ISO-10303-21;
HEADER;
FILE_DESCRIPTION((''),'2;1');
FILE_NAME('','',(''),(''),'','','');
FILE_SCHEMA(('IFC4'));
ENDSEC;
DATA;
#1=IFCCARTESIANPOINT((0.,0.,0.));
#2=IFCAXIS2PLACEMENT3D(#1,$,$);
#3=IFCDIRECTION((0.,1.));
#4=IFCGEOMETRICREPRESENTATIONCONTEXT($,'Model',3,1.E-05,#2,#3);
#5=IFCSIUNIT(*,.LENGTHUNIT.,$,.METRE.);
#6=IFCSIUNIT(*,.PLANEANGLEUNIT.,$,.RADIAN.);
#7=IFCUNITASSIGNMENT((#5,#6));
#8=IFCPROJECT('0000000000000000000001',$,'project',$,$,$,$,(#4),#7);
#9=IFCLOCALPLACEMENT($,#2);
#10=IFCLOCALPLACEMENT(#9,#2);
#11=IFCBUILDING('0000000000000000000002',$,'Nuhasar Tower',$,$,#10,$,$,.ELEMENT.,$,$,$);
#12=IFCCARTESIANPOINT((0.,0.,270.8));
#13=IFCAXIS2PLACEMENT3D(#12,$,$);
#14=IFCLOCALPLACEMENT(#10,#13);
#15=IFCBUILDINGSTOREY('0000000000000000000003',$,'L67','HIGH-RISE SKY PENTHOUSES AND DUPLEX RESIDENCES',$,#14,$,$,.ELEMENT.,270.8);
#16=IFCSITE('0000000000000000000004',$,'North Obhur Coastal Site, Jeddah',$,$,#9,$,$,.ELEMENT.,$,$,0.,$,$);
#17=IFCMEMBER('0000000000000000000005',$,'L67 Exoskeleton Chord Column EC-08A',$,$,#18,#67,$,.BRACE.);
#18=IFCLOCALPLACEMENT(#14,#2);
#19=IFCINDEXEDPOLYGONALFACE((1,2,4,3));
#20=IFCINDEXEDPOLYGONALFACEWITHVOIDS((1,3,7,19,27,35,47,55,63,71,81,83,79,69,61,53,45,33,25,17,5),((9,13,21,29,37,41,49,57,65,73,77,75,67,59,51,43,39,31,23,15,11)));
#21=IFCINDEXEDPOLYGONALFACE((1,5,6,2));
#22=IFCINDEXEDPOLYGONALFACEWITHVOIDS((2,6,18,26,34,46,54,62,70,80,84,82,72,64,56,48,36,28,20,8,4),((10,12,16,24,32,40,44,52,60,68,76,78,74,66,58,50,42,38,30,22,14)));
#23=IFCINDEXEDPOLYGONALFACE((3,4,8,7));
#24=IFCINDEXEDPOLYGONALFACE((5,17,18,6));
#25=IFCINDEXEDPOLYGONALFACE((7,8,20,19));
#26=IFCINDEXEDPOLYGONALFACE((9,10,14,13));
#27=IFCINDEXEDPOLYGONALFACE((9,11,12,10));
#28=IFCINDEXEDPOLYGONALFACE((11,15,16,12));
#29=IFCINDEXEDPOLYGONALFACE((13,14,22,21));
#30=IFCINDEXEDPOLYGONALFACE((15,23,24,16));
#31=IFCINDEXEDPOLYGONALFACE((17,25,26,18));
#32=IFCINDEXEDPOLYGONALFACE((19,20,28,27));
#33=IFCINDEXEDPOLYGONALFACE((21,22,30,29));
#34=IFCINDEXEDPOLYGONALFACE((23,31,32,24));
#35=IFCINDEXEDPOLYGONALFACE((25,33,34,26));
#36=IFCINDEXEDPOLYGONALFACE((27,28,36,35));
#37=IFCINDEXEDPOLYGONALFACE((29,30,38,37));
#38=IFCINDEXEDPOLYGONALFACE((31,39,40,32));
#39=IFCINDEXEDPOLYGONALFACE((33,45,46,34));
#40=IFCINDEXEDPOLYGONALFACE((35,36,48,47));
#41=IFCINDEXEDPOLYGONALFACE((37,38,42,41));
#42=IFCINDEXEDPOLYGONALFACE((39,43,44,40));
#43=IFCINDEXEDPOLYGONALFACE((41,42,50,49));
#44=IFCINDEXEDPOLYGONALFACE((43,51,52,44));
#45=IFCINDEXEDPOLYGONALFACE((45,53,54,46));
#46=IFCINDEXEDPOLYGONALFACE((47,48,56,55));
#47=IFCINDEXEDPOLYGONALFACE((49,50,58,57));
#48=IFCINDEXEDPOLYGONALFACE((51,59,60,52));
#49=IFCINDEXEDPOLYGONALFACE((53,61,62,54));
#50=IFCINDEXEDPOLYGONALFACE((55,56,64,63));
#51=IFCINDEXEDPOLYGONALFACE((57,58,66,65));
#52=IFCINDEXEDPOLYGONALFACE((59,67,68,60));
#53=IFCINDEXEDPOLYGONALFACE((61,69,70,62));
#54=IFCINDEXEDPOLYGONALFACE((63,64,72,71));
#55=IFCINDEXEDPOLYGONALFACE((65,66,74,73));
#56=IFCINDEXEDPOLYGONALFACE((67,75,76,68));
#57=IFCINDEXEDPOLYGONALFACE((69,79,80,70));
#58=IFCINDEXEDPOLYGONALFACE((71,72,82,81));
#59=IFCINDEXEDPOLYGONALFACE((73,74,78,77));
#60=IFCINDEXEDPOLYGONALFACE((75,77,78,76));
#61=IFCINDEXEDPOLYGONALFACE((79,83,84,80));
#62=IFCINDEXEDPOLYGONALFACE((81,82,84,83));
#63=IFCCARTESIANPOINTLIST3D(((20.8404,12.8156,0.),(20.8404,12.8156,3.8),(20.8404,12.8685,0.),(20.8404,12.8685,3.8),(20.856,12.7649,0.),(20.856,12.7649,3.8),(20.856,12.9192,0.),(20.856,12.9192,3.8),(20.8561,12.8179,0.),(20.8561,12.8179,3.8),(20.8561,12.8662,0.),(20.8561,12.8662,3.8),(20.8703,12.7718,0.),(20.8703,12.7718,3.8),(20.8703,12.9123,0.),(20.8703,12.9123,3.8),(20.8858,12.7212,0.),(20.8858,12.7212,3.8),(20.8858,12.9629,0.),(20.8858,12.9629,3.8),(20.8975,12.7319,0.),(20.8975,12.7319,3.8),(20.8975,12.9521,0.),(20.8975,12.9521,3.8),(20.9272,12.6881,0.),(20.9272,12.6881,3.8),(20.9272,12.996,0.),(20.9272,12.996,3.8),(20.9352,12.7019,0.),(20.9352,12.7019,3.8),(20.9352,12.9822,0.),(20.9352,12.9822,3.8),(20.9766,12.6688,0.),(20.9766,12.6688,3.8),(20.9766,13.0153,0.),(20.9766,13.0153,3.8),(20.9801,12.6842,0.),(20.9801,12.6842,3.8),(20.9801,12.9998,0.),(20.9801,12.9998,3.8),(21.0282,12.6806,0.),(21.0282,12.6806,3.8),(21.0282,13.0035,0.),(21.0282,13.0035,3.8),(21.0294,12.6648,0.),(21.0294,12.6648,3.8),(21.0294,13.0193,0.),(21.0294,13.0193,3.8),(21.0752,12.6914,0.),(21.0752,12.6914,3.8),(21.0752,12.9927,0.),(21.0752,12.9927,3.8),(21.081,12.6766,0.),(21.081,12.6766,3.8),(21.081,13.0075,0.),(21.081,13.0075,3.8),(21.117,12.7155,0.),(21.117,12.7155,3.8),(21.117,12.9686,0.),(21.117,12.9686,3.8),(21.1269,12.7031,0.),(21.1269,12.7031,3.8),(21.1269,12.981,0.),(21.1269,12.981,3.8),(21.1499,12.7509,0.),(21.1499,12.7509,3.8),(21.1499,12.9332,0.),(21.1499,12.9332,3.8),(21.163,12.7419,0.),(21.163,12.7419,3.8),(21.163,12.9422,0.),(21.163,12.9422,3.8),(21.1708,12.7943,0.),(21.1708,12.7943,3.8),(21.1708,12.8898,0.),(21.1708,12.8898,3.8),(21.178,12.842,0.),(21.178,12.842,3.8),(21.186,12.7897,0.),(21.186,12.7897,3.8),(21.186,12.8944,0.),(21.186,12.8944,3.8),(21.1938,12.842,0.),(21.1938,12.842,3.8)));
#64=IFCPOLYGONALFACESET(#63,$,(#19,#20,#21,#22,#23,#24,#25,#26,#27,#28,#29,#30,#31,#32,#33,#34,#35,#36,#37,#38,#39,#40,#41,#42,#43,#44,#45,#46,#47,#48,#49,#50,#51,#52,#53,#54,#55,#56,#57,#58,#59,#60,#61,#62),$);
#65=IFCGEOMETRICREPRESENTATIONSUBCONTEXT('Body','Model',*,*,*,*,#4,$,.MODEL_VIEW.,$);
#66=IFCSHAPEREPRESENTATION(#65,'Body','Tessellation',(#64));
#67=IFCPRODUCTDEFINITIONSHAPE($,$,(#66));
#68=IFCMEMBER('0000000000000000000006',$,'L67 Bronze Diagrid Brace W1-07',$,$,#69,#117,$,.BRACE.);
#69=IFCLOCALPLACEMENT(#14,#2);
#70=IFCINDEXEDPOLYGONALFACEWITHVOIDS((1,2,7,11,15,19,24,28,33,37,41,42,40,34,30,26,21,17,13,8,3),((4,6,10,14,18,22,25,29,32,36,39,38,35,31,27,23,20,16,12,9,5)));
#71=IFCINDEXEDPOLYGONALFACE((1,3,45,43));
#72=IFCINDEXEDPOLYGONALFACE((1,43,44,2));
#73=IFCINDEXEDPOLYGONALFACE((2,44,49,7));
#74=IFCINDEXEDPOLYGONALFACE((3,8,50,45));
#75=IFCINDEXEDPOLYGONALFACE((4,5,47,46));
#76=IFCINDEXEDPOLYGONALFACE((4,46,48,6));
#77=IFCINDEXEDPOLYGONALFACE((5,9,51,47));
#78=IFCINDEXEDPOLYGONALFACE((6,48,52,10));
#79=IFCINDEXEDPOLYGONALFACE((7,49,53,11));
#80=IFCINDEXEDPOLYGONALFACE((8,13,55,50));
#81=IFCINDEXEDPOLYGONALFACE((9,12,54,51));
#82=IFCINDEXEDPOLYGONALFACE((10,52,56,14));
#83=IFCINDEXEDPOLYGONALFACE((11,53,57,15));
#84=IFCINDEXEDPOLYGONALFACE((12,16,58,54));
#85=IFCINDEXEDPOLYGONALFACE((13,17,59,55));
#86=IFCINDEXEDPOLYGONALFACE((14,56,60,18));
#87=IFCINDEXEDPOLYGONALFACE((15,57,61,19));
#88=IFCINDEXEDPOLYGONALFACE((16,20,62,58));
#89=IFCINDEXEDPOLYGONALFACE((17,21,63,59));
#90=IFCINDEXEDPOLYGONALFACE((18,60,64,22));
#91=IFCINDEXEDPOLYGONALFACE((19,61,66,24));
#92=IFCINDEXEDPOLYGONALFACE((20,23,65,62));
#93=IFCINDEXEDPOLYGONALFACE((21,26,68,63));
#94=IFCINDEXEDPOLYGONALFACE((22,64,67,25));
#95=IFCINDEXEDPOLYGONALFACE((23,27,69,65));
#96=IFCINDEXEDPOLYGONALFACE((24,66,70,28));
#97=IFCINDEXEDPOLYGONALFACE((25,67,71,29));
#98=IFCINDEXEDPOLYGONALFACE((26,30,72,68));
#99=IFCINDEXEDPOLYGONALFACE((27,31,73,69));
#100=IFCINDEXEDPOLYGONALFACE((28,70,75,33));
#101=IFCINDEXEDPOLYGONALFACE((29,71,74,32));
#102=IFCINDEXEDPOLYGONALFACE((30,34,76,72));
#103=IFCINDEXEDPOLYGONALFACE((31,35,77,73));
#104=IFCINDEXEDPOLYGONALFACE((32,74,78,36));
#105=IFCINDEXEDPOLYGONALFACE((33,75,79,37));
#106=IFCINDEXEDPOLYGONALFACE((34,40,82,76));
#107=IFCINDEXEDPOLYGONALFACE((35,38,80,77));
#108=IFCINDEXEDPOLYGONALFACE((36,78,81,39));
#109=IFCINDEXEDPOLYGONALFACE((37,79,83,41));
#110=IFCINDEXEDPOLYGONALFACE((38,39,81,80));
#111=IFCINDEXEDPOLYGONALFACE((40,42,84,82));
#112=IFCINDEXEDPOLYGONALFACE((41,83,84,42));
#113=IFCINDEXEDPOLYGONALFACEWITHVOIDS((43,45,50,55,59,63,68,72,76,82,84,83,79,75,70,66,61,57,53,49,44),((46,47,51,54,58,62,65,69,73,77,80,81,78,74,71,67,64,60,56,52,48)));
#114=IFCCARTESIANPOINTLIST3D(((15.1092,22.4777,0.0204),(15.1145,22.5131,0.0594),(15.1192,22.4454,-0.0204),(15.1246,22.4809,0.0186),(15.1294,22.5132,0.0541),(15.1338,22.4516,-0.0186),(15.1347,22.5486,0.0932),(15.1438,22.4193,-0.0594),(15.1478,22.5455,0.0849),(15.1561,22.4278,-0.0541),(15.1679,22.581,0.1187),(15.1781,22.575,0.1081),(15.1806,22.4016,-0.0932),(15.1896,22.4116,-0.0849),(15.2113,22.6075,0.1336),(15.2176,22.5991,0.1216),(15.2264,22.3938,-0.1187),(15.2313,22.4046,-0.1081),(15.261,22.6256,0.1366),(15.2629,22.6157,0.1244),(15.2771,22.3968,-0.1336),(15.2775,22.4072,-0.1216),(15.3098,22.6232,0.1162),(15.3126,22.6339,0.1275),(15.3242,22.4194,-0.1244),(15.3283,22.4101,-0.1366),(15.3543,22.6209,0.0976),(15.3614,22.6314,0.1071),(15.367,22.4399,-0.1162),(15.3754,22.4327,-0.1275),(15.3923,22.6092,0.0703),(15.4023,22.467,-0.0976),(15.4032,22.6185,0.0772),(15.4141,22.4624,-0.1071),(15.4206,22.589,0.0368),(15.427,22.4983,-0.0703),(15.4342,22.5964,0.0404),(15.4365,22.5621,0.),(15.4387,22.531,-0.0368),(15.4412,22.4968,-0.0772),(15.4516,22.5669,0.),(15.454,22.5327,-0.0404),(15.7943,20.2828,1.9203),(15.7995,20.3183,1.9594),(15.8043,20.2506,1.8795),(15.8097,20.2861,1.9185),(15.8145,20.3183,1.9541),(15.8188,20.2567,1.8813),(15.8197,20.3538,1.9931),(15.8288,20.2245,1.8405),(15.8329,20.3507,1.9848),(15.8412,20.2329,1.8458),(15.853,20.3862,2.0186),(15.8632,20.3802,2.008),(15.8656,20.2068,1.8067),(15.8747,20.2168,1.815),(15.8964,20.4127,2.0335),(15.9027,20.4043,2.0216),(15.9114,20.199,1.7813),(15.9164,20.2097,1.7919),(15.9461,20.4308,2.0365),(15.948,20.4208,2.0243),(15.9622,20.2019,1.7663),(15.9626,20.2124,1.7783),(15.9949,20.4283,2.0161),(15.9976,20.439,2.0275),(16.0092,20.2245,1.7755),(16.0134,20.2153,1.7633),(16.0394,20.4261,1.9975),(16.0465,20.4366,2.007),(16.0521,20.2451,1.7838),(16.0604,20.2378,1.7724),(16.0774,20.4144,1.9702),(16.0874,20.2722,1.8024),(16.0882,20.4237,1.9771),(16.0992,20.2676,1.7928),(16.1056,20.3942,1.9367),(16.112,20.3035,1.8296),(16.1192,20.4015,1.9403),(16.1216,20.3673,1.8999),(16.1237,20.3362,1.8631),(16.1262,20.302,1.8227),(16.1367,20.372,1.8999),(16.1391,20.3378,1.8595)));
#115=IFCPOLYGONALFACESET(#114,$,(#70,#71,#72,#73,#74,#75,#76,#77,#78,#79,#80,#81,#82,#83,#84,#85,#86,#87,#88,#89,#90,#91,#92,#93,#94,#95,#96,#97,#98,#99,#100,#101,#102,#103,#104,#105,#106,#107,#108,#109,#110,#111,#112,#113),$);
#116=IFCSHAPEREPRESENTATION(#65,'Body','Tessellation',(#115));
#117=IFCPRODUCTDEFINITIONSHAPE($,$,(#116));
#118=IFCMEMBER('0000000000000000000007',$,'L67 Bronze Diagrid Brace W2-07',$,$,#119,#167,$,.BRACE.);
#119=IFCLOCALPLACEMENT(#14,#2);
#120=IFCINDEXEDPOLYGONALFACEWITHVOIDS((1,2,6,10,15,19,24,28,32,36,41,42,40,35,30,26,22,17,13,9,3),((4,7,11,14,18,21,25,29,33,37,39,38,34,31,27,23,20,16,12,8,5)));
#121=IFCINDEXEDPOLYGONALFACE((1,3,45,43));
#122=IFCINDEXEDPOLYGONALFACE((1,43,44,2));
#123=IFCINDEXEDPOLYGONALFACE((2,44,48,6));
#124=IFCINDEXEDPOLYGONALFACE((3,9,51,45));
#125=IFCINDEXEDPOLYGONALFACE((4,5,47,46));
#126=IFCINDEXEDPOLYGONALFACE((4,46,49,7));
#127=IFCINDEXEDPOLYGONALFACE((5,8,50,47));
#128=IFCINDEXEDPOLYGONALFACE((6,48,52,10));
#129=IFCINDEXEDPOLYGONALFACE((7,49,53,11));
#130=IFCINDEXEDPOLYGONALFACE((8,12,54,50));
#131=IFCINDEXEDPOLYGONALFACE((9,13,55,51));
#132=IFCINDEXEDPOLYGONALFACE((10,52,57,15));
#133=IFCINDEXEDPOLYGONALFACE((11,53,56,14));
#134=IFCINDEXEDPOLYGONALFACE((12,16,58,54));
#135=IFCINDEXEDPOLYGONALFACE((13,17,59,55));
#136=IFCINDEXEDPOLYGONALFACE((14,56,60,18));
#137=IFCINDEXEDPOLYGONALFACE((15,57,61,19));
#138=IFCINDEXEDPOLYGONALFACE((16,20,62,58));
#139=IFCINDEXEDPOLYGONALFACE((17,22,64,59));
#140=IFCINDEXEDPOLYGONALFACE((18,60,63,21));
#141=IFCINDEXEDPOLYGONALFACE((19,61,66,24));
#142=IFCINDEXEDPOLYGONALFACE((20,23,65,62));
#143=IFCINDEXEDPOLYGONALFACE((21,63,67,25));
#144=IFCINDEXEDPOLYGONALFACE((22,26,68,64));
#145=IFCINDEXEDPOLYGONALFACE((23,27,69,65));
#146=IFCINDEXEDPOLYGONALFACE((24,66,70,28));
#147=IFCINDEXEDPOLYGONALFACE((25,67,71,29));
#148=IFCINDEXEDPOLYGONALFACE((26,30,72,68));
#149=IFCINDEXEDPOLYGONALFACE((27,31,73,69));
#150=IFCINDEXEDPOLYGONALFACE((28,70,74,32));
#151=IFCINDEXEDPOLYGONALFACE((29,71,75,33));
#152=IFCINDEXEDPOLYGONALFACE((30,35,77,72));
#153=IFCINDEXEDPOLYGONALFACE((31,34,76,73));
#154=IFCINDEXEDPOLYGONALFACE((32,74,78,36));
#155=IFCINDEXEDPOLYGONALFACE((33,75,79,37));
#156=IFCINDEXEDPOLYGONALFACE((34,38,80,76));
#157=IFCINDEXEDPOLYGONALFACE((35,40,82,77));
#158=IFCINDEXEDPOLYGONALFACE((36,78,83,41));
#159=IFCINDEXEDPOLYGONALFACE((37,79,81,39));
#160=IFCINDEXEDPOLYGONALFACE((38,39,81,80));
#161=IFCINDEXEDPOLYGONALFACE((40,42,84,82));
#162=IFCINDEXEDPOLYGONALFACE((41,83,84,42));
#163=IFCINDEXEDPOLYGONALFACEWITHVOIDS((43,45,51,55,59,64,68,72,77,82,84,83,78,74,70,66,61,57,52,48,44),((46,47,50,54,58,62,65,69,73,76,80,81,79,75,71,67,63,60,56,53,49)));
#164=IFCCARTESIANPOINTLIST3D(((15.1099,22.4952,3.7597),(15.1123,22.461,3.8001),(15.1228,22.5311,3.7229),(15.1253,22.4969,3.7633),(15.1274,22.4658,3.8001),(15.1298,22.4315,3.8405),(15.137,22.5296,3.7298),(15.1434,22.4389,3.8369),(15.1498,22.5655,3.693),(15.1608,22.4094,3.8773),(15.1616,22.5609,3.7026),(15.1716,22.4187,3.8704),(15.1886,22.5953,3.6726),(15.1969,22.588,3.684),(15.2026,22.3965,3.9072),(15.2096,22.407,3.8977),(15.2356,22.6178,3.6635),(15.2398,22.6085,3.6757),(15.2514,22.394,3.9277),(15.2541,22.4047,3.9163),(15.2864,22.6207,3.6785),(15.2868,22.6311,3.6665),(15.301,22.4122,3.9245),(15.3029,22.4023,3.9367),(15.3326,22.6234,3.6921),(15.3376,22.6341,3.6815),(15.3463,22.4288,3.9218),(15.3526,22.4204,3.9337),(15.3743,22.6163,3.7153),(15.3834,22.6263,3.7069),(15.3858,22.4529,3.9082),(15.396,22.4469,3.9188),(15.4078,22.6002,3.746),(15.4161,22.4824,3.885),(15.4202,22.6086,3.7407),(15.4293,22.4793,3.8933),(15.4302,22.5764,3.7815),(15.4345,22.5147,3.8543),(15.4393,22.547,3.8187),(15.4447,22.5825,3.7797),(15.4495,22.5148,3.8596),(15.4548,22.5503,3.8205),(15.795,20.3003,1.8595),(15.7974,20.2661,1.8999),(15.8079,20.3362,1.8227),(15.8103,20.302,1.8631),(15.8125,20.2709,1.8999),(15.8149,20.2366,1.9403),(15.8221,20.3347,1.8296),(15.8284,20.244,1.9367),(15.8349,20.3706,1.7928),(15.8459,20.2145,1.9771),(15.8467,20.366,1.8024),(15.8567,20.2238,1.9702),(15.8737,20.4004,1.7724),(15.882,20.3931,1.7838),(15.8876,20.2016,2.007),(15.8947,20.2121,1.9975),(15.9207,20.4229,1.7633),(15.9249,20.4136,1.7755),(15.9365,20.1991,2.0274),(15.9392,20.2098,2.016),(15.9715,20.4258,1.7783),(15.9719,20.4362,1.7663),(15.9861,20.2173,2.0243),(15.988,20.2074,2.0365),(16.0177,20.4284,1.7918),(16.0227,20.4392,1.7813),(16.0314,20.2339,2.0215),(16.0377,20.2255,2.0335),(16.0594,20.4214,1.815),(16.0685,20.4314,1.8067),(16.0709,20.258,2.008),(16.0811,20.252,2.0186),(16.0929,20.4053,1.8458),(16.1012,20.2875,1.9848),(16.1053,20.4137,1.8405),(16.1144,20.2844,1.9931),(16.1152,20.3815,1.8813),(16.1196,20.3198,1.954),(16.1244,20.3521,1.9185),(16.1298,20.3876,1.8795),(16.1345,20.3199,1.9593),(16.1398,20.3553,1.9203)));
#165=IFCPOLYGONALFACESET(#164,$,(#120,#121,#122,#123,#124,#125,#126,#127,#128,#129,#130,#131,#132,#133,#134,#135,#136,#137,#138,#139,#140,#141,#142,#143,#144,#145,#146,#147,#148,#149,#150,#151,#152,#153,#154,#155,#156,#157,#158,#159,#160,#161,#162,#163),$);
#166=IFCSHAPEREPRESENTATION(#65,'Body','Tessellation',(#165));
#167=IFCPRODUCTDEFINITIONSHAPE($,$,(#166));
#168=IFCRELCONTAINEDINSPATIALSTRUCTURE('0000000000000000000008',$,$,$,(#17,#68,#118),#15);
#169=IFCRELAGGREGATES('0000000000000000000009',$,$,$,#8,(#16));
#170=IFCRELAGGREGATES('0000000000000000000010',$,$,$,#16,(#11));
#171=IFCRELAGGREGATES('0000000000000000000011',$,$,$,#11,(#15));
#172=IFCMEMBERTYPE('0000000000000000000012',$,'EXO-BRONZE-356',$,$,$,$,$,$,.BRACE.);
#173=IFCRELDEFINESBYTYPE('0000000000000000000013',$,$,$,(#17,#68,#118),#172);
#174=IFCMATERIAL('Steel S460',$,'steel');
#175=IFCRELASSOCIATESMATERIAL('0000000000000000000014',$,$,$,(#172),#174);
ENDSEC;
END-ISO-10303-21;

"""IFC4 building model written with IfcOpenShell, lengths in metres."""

from ifc_helpers import new_model, si_unit, direction, frame, origin, origin_2d, place, context, subcontext, project, spatial, hollow_circle, extrude, material, material_profile, profile_set, type_object, element, save


model = new_model("IFC4")

# Units and contexts
model_context = context("Model", 3, precision=1e-05, world=origin(), true_north=direction((0.0, 1.0)))
body_context = subcontext(model_context, "Body", "Model", "MODEL_VIEW")
ifc_project = project(units=[si_unit("LENGTHUNIT", "METRE"), si_unit("PLANEANGLEUNIT", "RADIAN")], contexts=[model_context])

# Site, building, storey
site_placement = place(None, origin())
site = spatial("IfcSite", under=ifc_project, at=site_placement, Name="North Obhur Coastal Site, Jeddah", CompositionType="ELEMENT", RefElevation=0.0)
building_placement = place(site_placement, origin())
building = spatial("IfcBuilding", under=site, at=building_placement, Name="Nuhasar Tower", CompositionType="ELEMENT")
storey_placement = place(building_placement, frame((0.0, 0.0, 270.8)))
storey = spatial("IfcBuildingStorey", under=building, at=storey_placement, Name="L67", Description="HIGH-RISE SKY PENTHOUSES AND DUPLEX RESIDENCES", CompositionType="ELEMENT", Elevation=270.8)

# Members
ifc_material_1 = material(Name="Steel S460", Category="steel")
ifc_material_profile_1 = material_profile(ifc_material_1, hollow_circle(Radius=0.1777, WallThickness=0.0159, at=origin_2d()), Name="HSS355.6X15.9")
ifc_profile_set_1 = profile_set([ifc_material_profile_1], Name="Steel S460")
member_type_1 = type_object("IfcMemberType", Name="EXO-BRONZE-356", PredefinedType="BRACE", material=ifc_profile_set_1)
for number, where, z_axis, x_axis, name in (
    (1, (21.0161, 12.842, 0.0), (0.0, 0.0, 1.0), (1.0, 0.0, 0.0), "L67 Exoskeleton Chord Column EC-08A"),
):
    element("IfcMember", number, at=place(storey_placement, frame(where, z_axis=z_axis, x_axis=x_axis)), inside=storey, type_object=member_type_1, Name=name, PredefinedType="BRACE", context=body_context, shape_type="SweptSolid", body=[
        extrude(hollow_circle(Radius=0.1777, WallThickness=0.0159, at=origin_2d()), origin(), (0.0, 0.0, 1.0), 3.8),
    ])
member_1_placement = place(storey_placement, frame((15.282, 22.5139, 0.0), z_axis=(0.229681, -0.735864, 0.636985), x_axis=(0.954582, 0.297948, 0.0)))
element("IfcMember", 2, at=member_1_placement, inside=storey, type_object=member_type_1, Name="L67 Bronze Diagrid Brace W1-07", PredefinedType="BRACE", context=body_context, shape_type="SweptSolid", body=[
    extrude(hollow_circle(Radius=0.1777, WallThickness=0.0159, at=origin_2d()), origin(), (0.0, 0.0, 1.0), 2.9827),
])
for number, where, z_axis, x_axis, name in (
    (3, (15.967, 20.3191, 1.8999), (-0.229669, 0.735826, 0.637034), (-0.954582, -0.297948, 0.0), "L67 Bronze Diagrid Brace W2-07"),
):
    element("IfcMember", number, at=place(storey_placement, frame(where, z_axis=z_axis, x_axis=x_axis)), inside=storey, type_object=member_type_1, Name=name, PredefinedType="BRACE", context=body_context, shape_type="SweptSolid", body=[
        extrude(hollow_circle(Radius=0.1777, WallThickness=0.0159, at=origin_2d()), origin(), (0.0, 0.0, 1.0), 2.9829),
    ])

save(model, "model.ifc")
